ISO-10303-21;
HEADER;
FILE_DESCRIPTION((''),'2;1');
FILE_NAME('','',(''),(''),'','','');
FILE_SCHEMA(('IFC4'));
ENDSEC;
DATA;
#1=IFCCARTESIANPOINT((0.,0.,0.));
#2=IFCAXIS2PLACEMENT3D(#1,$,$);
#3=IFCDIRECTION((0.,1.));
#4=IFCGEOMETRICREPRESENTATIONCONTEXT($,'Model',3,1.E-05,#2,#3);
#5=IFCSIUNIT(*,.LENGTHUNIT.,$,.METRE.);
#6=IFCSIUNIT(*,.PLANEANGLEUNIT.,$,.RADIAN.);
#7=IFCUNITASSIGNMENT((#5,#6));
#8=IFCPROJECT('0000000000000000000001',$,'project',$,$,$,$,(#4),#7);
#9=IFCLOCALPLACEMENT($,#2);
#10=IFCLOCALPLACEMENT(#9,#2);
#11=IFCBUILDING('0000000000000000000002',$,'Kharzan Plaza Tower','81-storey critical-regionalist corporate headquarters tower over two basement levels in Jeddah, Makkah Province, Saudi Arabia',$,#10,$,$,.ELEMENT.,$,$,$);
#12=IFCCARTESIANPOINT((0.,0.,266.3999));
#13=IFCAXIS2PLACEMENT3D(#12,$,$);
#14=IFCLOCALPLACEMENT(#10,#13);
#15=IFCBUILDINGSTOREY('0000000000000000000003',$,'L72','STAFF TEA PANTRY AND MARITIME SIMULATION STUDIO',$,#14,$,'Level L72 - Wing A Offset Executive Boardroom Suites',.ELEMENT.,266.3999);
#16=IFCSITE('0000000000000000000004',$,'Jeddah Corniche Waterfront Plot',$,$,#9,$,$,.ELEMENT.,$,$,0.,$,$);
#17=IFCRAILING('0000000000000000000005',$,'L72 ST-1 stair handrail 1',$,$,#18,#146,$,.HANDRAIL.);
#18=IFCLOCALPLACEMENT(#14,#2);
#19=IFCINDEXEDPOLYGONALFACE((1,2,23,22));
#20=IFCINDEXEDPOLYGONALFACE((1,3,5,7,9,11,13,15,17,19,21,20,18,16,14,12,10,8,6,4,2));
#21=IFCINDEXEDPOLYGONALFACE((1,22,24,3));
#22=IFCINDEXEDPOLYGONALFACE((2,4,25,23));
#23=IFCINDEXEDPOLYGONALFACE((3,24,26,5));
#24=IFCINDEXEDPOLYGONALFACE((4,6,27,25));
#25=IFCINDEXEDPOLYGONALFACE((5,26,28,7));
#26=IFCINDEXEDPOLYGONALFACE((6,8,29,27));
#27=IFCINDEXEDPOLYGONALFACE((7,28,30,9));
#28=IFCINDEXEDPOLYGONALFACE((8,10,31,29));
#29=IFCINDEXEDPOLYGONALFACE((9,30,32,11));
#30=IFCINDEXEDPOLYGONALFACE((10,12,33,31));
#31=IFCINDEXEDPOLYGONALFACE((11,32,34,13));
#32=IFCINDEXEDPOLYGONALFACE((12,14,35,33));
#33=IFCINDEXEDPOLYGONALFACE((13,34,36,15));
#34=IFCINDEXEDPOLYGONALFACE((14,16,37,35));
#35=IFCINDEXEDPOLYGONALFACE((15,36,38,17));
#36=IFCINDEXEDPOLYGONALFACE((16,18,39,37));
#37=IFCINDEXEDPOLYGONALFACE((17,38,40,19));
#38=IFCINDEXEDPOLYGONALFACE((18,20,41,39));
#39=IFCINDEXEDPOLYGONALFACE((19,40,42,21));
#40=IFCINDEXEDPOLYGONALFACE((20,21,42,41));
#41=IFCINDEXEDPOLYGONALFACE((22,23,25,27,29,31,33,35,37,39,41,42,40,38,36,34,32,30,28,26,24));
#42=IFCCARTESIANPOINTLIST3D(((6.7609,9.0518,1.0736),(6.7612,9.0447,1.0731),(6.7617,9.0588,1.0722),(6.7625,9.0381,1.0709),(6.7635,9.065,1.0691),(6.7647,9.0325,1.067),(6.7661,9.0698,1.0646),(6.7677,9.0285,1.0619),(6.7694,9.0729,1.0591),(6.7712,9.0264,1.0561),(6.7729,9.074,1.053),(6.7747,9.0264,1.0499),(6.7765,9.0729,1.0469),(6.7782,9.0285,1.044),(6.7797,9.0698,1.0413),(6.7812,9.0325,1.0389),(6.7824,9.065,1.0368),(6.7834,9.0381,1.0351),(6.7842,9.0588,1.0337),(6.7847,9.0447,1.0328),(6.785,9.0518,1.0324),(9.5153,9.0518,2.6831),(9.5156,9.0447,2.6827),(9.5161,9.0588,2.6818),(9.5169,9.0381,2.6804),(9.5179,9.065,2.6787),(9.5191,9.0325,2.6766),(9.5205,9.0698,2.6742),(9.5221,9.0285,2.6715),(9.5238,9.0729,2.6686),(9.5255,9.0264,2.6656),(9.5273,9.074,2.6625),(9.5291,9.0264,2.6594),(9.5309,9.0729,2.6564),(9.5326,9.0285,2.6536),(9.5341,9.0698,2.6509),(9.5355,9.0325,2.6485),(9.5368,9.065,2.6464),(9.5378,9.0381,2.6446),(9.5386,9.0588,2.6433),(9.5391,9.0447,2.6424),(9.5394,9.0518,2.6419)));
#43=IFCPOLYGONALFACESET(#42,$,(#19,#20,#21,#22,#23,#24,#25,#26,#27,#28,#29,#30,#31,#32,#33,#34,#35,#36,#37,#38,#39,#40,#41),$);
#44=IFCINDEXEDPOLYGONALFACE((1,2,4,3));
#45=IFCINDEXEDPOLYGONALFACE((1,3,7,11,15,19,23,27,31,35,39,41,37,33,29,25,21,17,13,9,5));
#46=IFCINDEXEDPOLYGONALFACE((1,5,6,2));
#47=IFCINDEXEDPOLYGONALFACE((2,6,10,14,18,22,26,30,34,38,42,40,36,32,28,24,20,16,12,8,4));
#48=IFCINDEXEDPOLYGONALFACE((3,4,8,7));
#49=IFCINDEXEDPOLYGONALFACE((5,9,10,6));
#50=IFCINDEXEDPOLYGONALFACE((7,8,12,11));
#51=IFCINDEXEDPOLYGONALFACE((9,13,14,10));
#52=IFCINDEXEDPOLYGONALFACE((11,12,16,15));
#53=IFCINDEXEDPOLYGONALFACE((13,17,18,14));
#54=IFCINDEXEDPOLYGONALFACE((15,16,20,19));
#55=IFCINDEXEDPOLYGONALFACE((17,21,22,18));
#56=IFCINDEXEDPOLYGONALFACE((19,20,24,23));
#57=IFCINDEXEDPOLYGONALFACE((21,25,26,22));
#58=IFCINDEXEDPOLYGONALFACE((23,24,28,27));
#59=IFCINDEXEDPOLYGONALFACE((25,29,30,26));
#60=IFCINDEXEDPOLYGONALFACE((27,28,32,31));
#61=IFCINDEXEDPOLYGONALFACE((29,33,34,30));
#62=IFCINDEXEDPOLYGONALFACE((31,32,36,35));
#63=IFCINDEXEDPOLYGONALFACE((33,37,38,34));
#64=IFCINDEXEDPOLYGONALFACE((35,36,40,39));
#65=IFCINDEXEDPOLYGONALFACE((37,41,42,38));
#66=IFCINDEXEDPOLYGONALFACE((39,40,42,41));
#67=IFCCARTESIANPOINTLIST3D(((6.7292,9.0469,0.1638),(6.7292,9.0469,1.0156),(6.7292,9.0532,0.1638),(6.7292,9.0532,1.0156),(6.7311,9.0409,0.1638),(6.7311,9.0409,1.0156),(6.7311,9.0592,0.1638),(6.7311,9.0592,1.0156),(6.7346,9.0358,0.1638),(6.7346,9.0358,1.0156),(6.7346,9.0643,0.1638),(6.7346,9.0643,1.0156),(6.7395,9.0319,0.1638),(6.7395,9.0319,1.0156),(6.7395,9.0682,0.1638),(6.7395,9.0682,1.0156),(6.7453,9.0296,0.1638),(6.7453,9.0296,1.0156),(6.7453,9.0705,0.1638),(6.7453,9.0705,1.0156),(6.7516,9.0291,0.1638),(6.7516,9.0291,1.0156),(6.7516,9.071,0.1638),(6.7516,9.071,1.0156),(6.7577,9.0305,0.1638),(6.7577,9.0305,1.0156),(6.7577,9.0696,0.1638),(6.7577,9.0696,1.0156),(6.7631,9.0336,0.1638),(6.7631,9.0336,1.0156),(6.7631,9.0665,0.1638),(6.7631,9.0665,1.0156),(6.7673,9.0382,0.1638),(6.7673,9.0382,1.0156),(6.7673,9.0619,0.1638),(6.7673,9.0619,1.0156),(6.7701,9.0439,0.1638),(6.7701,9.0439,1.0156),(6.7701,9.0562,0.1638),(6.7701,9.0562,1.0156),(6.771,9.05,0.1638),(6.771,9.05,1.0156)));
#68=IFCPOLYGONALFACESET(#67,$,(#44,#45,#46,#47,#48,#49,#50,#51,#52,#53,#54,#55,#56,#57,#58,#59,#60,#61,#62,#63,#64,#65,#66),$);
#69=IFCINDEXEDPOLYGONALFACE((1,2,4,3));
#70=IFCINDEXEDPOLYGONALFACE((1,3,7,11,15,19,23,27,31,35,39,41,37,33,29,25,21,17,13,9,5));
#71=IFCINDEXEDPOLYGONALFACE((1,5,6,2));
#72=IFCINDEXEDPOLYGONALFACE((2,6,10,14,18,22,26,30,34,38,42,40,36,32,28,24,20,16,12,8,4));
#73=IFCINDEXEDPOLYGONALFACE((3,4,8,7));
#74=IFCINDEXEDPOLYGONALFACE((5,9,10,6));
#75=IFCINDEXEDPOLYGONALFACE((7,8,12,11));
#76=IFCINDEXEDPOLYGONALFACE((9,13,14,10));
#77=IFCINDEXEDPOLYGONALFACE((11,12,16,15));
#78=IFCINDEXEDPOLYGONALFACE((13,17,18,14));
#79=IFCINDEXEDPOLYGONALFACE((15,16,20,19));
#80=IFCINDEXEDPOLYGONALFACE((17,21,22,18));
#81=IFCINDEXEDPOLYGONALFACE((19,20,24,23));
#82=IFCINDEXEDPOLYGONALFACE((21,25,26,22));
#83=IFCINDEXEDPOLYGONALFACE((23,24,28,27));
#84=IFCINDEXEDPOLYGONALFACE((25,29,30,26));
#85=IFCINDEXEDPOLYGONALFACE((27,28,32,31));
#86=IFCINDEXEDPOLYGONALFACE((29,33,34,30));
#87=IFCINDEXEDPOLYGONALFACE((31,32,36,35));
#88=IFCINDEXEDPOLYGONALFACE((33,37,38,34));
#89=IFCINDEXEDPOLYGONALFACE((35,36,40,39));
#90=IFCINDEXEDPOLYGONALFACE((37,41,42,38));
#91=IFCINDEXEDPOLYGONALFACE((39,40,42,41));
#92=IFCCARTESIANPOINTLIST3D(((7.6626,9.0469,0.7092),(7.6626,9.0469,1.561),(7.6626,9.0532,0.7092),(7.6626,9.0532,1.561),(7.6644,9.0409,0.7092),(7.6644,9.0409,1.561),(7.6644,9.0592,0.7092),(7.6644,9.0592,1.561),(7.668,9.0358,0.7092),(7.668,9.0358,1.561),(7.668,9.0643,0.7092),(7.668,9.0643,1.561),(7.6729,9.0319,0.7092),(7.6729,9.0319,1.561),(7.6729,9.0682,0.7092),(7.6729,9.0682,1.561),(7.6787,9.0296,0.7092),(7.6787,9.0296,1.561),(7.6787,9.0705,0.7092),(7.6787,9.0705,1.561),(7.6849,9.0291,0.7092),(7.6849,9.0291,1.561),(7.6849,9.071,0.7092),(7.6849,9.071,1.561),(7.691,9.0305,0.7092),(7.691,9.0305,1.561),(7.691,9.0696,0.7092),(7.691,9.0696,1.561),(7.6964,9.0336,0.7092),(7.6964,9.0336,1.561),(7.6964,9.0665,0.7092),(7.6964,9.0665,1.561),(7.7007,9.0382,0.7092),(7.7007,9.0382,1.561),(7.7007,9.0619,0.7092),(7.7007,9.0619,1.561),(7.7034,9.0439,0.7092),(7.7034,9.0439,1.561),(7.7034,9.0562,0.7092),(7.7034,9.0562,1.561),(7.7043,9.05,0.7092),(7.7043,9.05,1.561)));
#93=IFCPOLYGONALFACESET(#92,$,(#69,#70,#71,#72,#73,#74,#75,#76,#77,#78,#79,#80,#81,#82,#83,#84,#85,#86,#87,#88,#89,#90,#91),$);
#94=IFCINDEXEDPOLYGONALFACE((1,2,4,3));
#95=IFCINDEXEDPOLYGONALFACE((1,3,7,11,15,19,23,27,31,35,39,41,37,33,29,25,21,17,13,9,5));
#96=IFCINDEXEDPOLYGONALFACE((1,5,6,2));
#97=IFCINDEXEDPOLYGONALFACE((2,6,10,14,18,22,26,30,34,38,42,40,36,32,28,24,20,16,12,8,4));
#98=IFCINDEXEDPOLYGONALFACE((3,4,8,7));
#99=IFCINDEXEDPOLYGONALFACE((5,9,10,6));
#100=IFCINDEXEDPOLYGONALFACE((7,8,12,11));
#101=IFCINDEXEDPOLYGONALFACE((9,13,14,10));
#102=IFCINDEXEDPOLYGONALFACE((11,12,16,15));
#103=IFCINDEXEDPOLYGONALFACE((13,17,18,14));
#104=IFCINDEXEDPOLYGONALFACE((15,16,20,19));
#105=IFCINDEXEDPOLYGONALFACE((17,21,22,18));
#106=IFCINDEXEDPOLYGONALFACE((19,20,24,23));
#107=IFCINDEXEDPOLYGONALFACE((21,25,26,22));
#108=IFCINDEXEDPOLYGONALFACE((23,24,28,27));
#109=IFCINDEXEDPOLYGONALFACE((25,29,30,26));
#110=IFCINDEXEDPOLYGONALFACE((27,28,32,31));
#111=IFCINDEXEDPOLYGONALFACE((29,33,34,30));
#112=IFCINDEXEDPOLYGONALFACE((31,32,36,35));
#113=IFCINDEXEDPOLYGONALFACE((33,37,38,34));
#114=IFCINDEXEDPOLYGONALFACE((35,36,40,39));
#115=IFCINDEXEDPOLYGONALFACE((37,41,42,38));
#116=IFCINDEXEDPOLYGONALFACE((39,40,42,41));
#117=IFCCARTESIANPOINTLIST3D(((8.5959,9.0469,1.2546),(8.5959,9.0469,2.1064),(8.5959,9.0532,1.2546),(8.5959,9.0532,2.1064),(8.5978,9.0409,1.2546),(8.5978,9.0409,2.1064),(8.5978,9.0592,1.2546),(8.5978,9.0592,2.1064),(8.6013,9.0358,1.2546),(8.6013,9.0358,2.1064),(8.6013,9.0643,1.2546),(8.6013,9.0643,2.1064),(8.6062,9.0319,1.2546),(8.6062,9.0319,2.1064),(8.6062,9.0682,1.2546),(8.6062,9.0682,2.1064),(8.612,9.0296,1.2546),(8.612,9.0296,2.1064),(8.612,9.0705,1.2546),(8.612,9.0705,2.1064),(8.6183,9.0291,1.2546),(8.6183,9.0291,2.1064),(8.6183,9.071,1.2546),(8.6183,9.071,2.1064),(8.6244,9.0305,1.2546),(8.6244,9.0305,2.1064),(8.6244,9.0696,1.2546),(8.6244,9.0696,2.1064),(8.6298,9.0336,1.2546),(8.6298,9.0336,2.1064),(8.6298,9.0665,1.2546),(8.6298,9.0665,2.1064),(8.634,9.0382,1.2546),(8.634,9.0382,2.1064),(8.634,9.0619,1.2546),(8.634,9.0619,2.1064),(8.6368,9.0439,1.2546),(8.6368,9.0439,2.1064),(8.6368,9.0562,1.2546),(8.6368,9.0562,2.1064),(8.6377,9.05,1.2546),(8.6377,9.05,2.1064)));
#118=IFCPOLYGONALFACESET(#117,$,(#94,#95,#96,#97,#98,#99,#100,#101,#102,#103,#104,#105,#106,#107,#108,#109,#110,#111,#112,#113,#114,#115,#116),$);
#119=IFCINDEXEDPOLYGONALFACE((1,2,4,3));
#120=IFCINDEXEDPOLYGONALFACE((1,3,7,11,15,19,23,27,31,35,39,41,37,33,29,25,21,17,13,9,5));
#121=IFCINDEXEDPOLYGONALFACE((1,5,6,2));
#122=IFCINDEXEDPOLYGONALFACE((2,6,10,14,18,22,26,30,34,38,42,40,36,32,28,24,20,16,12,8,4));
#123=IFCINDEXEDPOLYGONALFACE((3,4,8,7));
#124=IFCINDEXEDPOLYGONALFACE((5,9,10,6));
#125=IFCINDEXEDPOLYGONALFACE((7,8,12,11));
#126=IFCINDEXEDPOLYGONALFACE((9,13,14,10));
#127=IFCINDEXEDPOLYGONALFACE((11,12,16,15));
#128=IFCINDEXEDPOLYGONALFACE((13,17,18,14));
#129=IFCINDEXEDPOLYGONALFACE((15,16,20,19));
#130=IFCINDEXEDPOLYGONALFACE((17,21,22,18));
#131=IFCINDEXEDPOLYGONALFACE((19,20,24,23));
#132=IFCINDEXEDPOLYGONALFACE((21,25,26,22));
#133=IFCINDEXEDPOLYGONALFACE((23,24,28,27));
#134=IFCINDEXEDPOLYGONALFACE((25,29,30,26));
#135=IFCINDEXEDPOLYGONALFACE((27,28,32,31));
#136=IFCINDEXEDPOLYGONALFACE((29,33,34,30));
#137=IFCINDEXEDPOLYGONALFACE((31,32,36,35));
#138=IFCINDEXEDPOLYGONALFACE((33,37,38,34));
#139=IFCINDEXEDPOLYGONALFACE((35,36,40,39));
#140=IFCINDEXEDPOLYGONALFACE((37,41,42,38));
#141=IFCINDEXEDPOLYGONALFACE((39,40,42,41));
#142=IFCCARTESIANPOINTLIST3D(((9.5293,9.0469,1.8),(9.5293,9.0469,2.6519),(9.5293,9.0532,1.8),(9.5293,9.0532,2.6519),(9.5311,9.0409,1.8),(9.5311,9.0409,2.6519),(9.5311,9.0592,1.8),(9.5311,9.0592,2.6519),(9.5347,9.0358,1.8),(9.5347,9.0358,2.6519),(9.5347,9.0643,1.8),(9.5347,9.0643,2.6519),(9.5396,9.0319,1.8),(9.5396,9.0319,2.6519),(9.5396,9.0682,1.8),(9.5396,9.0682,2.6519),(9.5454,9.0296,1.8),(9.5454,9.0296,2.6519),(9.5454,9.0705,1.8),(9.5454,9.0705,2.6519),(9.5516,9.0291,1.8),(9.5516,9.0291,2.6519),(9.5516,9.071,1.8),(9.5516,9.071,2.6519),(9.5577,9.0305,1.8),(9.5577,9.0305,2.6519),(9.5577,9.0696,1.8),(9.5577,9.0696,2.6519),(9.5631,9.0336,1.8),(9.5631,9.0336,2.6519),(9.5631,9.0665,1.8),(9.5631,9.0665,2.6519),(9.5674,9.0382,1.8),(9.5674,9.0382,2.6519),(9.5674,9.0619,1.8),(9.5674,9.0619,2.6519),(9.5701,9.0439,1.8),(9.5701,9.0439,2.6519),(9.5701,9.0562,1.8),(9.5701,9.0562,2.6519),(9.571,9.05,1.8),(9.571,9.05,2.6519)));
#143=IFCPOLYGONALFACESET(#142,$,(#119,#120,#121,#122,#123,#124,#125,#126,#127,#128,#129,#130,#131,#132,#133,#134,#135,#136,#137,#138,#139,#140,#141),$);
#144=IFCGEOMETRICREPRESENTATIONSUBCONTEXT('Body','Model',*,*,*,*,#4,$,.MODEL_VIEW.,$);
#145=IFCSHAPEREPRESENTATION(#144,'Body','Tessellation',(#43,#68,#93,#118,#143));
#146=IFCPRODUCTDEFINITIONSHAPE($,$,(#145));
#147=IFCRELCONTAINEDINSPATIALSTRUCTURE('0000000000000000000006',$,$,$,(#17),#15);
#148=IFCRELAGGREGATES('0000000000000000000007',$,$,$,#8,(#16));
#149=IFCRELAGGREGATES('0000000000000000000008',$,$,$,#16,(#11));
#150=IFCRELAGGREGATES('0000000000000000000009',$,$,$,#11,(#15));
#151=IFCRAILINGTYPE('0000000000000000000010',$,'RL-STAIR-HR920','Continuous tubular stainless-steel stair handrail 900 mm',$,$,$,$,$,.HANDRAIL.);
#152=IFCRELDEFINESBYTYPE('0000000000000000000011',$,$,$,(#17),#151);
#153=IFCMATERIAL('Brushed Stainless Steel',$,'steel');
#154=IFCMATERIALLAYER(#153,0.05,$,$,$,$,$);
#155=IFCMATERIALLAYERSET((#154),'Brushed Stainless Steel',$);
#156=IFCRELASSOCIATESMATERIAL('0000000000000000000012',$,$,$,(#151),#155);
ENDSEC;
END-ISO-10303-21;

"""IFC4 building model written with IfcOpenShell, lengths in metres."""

from ifc_helpers import new_model, si_unit, direction, frame, origin, origin_2d, place, context, subcontext, project, spatial, circle, extrude, source, transform, mapped, material, layer, layer_set, type_object, element, save


model = new_model("IFC4")

# Units and contexts
model_context = context("Model", 3, precision=1e-05, world=origin(), true_north=direction((0.0, 1.0)))
body_context = subcontext(model_context, "Body", "Model", "MODEL_VIEW")
ifc_project = project(units=[si_unit("LENGTHUNIT", "METRE"), si_unit("PLANEANGLEUNIT", "RADIAN")], contexts=[model_context])

# Site, building, storey
site_placement = place(None, origin())
site = spatial("IfcSite", under=ifc_project, at=site_placement, Name="Jeddah Corniche Waterfront Plot", CompositionType="ELEMENT", RefElevation=0.0)
building_placement = place(site_placement, origin())
building = spatial("IfcBuilding", under=site, at=building_placement, Name="Kharzan Plaza Tower", Description="81-storey critical-regionalist corporate headquarters tower over two basement levels in Jeddah, Makkah Province, Saudi Arabia", CompositionType="ELEMENT")
storey_placement = place(building_placement, frame((0.0, 0.0, 266.3999)))
storey = spatial("IfcBuildingStorey", under=building, at=storey_placement, Name="L72", Description="STAFF TEA PANTRY AND MARITIME SIMULATION STUDIO", LongName="Level L72 - Wing A Offset Executive Boardroom Suites", CompositionType="ELEMENT", Elevation=266.3999)

# Shared definitions
ifc_material_1 = material(Name="Brushed Stainless Steel", Category="steel")

# Railing
ifc_layer_1 = layer(ifc_material_1, 0.05)
ifc_layer_set_1 = layer_set([ifc_layer_1], Name="Brushed Stainless Steel")
railing_type_1 = type_object("IfcRailingType", Name="RL-STAIR-HR920", Description="Continuous tubular stainless-steel stair handrail 900 mm", PredefinedType="HANDRAIL", material=ifc_layer_set_1)
shared_shape_1 = source(origin(), body_context, "Body", "SweptSolid", [
    extrude(circle(Radius=0.0239, at=origin_2d()), frame((0.0229, 0.0, 0.8892), z_axis=(0.863394, 0.0, 0.504531), x_axis=(0.0, 1.0, 0.0)), (0.0, 0.0, 1.0), 3.1902),
    extrude(circle(Radius=0.021, at=origin_2d()), origin(), (0.0, 0.0, 1.0), 0.8518),
    extrude(circle(Radius=0.021, at=origin_2d()), frame((0.9333, 0.0, 0.5454)), (0.0, 0.0, 1.0), 0.8518),
    extrude(circle(Radius=0.021, at=origin_2d()), frame((1.8667, 0.0, 1.0908)), (0.0, 0.0, 1.0), 0.8518),
    extrude(circle(Radius=0.021, at=origin_2d()), frame((2.8, 0.0, 1.6362)), (0.0, 0.0, 1.0), 0.8518),
])
railing_1_placement = place(storey_placement, frame((6.75, 9.05, 0.1638)))
element("IfcRailing", 1, at=railing_1_placement, inside=storey, type_object=railing_type_1, Name="L72 ST-1 stair handrail 1", PredefinedType="HANDRAIL", context=body_context, shape_type="MappedRepresentation", body=[
    mapped(shared_shape_1, transform((0.0, 0.0, 0.0), x_axis=(1.0, 0.0, 0.0), y_axis=(0.0, 1.0, 0.0), z_axis=(0.0, 0.0, 1.0))),
])

save(model, "model.ifc")
